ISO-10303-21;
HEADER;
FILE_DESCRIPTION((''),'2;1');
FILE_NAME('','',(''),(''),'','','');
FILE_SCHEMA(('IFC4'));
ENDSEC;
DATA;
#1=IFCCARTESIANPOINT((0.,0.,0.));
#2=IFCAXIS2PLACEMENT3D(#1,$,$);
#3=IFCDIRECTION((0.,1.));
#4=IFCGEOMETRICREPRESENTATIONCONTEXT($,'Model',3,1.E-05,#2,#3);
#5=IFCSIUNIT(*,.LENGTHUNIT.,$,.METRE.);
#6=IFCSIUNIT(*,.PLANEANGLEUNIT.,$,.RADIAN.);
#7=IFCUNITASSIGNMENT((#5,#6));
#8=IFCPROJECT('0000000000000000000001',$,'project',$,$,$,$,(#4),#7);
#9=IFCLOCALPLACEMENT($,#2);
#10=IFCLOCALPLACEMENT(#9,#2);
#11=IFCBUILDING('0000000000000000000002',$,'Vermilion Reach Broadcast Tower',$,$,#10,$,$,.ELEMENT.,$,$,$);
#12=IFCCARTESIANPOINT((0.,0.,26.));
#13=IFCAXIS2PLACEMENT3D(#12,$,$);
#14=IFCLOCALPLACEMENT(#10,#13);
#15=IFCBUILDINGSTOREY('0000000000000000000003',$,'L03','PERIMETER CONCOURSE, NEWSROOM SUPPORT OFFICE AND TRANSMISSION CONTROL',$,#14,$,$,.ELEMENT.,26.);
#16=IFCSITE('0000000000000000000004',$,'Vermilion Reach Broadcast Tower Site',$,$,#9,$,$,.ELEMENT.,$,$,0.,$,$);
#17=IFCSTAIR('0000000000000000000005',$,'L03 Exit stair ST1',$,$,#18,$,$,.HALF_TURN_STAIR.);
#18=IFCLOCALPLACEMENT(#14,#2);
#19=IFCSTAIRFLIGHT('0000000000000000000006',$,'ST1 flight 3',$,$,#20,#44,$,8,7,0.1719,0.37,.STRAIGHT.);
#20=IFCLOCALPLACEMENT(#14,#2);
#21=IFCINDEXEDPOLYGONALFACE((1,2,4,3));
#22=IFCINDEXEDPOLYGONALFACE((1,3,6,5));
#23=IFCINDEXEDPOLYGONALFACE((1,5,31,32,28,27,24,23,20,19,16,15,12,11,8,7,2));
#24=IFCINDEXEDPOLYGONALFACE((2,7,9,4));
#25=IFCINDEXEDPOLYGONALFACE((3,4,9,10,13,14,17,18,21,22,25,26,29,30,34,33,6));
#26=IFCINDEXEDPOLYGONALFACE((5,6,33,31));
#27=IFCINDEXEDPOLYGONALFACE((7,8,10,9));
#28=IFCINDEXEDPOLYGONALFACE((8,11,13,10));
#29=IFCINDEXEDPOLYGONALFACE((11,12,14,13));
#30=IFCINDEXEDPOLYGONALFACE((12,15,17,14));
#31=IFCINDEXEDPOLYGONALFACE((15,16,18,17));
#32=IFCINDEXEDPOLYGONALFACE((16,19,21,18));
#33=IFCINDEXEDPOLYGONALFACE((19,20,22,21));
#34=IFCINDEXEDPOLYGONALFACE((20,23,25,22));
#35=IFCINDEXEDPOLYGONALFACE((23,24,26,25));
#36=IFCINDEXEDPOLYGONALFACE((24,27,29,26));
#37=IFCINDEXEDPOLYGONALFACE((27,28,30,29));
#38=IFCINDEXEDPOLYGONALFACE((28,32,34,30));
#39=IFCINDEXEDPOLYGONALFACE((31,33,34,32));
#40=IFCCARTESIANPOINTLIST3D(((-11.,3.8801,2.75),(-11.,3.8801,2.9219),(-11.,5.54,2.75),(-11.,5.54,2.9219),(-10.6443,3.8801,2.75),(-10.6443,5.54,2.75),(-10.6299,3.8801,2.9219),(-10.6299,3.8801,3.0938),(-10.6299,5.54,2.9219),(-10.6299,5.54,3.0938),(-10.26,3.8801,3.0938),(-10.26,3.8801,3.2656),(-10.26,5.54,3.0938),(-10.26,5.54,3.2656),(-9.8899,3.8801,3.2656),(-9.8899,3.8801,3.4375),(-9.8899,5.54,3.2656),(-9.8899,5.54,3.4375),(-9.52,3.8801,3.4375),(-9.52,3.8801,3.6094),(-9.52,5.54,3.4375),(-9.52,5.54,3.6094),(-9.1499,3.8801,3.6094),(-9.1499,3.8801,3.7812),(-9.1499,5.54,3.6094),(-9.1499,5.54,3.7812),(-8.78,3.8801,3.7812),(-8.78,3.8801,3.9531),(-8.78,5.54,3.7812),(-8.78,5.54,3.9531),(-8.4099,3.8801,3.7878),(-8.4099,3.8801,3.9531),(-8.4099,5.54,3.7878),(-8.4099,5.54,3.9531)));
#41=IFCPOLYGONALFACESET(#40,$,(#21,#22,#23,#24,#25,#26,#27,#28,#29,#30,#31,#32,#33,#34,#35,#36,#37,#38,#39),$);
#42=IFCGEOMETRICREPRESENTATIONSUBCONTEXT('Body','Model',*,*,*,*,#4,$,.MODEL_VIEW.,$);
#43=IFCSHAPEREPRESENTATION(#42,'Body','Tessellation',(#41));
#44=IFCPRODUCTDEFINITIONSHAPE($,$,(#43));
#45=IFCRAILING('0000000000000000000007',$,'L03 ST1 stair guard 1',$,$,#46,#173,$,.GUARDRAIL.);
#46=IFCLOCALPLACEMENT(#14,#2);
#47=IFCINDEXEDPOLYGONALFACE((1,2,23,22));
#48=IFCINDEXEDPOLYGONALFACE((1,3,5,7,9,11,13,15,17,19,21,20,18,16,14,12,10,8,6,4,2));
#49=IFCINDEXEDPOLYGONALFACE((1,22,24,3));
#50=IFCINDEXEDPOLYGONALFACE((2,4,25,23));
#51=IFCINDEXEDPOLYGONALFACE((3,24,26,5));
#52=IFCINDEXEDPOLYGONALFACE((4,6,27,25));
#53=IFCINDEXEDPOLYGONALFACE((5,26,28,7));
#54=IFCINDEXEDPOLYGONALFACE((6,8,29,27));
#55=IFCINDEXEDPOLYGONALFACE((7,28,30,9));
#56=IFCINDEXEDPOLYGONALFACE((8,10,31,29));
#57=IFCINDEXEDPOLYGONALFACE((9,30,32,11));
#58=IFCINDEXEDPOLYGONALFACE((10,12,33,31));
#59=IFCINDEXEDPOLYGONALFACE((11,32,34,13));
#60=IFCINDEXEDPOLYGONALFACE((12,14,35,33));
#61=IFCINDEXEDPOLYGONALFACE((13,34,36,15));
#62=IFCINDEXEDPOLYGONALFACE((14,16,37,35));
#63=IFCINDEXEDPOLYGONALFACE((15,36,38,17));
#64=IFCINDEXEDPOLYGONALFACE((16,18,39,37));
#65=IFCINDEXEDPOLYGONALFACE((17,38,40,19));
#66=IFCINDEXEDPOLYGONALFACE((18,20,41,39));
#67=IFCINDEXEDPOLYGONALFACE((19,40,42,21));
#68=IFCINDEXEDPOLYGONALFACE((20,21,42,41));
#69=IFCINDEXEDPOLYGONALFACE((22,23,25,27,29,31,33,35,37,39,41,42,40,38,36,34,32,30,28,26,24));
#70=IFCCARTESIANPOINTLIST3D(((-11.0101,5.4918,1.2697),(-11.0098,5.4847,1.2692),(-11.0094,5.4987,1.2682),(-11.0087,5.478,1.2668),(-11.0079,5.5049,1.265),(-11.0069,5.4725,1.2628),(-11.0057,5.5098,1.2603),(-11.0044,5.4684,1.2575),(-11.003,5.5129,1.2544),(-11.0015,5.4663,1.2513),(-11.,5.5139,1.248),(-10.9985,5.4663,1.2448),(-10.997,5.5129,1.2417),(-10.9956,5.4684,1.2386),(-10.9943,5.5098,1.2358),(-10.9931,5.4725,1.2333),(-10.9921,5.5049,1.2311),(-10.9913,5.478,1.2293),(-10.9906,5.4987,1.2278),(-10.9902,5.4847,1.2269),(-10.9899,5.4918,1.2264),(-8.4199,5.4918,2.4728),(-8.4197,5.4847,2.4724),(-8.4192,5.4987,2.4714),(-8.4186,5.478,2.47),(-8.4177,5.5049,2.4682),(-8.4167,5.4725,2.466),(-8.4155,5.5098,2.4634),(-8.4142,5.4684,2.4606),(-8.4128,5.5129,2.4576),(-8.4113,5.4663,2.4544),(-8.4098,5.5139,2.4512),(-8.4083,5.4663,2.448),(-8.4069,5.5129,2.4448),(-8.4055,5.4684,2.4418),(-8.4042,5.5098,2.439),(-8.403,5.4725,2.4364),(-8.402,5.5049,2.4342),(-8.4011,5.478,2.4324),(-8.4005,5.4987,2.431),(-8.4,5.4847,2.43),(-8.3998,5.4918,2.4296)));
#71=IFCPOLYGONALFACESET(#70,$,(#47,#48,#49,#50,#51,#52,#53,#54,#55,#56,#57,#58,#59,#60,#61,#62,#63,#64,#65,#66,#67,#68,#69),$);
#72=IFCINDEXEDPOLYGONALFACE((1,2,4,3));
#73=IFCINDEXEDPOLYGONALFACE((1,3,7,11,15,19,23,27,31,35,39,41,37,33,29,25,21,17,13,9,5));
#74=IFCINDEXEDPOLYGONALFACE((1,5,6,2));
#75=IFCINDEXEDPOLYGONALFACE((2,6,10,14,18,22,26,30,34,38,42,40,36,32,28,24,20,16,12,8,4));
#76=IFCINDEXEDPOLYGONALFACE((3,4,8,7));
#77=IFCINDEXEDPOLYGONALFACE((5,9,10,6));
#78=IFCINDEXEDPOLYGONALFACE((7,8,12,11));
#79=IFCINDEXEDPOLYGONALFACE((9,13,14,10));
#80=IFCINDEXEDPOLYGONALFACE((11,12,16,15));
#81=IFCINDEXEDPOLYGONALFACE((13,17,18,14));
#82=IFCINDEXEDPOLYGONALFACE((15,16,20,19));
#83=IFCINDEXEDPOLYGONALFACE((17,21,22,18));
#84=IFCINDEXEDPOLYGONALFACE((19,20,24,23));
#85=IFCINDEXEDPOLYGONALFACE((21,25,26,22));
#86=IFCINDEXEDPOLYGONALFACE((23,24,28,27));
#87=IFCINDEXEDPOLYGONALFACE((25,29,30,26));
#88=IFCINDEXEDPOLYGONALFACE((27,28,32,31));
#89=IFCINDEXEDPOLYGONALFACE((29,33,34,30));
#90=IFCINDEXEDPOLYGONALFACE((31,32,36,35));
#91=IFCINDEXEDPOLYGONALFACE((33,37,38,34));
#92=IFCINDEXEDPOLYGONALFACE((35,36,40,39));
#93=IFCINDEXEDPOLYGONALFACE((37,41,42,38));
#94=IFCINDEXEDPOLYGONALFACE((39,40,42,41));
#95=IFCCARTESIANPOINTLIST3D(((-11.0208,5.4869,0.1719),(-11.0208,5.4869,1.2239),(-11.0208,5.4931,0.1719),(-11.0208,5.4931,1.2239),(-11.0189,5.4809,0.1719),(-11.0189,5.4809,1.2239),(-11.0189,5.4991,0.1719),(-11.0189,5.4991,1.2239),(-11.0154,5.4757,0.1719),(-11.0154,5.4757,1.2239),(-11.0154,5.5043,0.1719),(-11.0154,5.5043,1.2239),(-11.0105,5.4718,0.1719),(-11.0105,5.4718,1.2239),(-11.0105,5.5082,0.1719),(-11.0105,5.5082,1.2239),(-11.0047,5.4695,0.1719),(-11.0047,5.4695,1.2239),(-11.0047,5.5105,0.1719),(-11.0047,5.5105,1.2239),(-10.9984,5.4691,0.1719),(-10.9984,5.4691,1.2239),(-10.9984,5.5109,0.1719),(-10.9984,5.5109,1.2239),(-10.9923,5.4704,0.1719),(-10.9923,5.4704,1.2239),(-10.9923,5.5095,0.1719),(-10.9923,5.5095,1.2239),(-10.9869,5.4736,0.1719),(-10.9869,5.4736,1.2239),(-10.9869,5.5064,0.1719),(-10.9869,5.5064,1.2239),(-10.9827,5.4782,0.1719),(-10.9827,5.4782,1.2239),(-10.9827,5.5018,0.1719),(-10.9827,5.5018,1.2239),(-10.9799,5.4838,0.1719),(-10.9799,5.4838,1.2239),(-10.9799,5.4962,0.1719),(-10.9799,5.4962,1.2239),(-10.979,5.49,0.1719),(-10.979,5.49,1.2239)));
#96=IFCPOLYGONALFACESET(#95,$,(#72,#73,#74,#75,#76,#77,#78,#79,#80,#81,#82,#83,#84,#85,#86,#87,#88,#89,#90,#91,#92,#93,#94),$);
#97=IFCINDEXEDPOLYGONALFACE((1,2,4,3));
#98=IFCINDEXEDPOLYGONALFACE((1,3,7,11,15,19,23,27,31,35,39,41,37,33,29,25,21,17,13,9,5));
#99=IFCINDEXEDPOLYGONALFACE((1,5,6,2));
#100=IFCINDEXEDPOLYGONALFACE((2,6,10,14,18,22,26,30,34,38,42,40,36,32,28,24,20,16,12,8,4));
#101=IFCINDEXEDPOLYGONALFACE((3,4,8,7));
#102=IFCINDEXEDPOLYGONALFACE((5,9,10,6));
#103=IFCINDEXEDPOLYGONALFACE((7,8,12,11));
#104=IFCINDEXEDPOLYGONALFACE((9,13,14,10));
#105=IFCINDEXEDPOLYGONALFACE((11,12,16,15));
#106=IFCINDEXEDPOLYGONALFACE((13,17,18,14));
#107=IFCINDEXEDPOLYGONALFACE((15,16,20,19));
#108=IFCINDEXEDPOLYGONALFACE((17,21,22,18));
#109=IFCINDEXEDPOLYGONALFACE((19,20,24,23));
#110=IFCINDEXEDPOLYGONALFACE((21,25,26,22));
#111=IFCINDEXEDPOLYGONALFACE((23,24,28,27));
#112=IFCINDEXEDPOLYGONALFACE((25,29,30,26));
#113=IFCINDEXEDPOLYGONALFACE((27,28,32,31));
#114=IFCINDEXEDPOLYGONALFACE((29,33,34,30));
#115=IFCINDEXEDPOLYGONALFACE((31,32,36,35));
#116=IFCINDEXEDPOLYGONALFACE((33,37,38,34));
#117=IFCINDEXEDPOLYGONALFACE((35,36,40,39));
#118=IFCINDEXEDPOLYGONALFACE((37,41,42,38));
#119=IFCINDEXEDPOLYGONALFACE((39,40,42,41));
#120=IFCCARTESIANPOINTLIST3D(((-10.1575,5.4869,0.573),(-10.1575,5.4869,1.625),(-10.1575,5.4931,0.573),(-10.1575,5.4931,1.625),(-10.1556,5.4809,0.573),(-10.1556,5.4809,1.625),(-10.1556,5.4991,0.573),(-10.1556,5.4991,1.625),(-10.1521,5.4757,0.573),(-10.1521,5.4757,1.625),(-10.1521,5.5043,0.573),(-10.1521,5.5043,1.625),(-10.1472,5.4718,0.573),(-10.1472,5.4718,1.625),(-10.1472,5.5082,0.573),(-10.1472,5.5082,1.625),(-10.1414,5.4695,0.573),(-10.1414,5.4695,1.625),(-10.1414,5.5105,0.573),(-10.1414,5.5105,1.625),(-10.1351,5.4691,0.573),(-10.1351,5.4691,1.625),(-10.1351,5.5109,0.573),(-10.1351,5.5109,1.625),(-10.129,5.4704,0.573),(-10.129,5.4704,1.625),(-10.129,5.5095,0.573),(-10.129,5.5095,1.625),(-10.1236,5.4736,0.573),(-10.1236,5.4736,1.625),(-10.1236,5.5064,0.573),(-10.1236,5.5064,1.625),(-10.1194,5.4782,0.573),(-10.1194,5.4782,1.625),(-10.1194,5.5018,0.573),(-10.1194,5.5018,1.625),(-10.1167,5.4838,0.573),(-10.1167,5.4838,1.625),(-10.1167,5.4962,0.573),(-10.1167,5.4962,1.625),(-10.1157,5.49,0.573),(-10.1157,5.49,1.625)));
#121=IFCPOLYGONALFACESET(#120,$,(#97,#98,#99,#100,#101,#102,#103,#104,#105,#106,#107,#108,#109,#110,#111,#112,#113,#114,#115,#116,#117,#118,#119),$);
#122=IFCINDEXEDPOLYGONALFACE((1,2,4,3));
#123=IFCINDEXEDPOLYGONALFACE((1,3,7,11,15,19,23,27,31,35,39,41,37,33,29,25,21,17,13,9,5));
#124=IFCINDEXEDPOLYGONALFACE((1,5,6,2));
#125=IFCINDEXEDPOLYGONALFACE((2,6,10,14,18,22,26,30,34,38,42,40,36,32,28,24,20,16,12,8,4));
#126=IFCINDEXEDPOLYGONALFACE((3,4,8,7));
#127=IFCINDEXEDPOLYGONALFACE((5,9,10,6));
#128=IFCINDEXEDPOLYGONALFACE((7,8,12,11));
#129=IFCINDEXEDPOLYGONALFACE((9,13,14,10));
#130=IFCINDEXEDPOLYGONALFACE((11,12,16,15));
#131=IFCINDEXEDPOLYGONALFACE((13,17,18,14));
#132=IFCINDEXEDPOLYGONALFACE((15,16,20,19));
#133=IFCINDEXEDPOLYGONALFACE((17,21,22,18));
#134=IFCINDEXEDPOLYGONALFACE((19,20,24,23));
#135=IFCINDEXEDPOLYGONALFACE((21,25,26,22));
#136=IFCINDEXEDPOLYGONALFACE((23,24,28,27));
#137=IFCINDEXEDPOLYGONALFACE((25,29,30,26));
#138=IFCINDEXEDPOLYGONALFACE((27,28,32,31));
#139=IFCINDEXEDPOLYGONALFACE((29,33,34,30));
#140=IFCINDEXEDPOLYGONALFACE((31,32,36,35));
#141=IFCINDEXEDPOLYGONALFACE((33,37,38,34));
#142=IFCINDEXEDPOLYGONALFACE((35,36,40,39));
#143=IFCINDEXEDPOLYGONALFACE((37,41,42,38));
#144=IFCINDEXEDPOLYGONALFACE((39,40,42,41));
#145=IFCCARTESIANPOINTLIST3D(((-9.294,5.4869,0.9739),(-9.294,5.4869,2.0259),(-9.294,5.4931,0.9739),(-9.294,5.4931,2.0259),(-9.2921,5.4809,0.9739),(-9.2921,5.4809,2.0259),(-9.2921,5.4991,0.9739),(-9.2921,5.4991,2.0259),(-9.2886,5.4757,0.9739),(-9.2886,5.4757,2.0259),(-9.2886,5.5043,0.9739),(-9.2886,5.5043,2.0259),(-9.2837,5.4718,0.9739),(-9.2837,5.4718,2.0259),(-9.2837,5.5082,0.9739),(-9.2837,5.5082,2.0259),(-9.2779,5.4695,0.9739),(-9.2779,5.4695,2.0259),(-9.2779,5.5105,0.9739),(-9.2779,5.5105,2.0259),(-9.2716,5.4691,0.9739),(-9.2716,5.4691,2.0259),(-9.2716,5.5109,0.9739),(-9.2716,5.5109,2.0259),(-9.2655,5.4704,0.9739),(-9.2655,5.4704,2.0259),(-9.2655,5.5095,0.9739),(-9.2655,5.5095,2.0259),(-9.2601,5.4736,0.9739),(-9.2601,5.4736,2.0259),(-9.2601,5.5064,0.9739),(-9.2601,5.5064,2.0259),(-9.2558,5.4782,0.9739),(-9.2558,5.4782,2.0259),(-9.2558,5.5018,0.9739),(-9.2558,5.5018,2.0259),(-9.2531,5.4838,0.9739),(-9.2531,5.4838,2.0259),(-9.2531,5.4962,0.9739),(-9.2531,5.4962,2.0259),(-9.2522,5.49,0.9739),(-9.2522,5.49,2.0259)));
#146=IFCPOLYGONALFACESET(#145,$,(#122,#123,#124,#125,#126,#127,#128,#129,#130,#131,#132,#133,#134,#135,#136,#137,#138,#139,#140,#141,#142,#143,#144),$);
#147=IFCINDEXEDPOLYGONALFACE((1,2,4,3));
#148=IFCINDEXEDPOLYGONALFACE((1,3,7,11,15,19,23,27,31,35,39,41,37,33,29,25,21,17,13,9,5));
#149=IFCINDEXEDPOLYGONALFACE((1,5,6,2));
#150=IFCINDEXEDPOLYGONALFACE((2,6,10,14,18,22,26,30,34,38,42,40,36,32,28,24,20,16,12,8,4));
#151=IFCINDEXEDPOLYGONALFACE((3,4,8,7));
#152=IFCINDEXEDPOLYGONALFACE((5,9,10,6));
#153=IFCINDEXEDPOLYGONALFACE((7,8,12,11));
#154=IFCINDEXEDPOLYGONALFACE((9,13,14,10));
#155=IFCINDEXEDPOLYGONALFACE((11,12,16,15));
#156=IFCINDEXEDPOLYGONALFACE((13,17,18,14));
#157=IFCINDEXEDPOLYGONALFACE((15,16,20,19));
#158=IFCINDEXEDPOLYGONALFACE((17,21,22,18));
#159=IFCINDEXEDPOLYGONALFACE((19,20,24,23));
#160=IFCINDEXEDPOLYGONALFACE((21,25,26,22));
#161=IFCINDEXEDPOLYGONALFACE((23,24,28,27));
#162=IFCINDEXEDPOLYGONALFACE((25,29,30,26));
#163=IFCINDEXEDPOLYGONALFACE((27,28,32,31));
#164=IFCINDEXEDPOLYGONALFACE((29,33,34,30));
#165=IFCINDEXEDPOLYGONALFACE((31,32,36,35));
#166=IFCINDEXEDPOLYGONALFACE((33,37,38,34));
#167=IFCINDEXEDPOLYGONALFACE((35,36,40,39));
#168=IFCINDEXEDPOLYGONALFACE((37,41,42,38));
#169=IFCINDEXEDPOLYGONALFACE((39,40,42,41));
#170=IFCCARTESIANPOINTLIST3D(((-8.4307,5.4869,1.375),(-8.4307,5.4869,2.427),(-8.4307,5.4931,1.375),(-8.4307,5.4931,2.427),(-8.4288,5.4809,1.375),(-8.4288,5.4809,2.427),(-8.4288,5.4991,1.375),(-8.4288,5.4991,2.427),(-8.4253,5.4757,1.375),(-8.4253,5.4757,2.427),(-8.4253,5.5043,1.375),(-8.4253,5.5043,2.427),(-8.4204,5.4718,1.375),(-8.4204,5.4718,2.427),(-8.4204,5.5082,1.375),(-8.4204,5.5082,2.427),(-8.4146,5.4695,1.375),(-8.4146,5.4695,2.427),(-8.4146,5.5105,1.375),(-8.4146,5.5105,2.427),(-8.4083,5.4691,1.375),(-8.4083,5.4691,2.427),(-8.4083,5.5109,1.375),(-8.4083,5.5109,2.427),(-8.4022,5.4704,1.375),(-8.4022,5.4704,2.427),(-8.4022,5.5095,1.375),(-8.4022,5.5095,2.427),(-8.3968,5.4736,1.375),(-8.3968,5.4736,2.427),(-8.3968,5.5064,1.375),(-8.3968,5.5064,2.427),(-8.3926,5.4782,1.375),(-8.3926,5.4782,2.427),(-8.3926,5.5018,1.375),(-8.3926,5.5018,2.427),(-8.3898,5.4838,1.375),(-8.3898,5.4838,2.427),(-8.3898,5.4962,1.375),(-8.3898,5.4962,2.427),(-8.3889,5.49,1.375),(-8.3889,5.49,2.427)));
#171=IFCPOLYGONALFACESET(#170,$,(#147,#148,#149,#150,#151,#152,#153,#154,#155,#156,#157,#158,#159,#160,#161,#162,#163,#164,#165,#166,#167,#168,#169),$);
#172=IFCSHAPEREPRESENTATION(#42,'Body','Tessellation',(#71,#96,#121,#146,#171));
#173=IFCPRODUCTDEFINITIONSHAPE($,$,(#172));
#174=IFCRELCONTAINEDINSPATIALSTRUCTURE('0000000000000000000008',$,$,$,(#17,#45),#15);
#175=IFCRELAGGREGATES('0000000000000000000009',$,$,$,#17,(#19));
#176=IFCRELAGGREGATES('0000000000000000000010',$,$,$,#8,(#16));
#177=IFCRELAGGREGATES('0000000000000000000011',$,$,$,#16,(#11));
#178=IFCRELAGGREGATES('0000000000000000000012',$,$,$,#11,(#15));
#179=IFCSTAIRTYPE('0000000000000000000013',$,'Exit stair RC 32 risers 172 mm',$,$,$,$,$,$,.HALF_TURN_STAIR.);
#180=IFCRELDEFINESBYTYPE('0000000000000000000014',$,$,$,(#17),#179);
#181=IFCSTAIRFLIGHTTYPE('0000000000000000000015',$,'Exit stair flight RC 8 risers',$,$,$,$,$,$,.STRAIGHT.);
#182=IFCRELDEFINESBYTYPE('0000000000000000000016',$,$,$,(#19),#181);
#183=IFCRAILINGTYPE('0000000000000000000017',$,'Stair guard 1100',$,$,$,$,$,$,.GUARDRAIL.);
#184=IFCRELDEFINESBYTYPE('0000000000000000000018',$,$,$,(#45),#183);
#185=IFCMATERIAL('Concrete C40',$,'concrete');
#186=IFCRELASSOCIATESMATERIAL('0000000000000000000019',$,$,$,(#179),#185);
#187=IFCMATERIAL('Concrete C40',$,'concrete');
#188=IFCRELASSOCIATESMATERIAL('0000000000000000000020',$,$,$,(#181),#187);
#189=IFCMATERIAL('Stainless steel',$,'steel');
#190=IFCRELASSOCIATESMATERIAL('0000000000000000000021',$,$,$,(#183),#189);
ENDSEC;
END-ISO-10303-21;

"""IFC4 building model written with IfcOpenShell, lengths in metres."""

from ifc_helpers import new_model, si_unit, direction, frame, origin, origin_2d, place, context, subcontext, project, spatial, polyline, circle, outline, extrude, material, type_object, element, aggregate, save


model = new_model("IFC4")

# Units and contexts
model_context = context("Model", 3, precision=1e-05, world=origin(), true_north=direction((0.0, 1.0)))
body_context = subcontext(model_context, "Body", "Model", "MODEL_VIEW")
ifc_project = project(units=[si_unit("LENGTHUNIT", "METRE"), si_unit("PLANEANGLEUNIT", "RADIAN")], contexts=[model_context])

# Site, building, storey
site_placement = place(None, origin())
site = spatial("IfcSite", under=ifc_project, at=site_placement, Name="Vermilion Reach Broadcast Tower Site", CompositionType="ELEMENT", RefElevation=0.0)
building_placement = place(site_placement, origin())
building = spatial("IfcBuilding", under=site, at=building_placement, Name="Vermilion Reach Broadcast Tower", CompositionType="ELEMENT")
storey_placement = place(building_placement, frame((0.0, 0.0, 26.0)))
storey = spatial("IfcBuildingStorey", under=building, at=storey_placement, Name="L03", Description="PERIMETER CONCOURSE, NEWSROOM SUPPORT OFFICE AND TRANSMISSION CONTROL", CompositionType="ELEMENT", Elevation=26.0)

# Stair, stair flight
ifc_material_1 = material(Name="Concrete C40", Category="concrete")
stair_type = type_object("IfcStairType", Name="Exit stair RC 32 risers 172 mm", PredefinedType="HALF_TURN_STAIR", material=ifc_material_1)
stair_placement = place(storey_placement, origin())
stair = element("IfcStair", 1, at=stair_placement, inside=storey, type_object=stair_type, Name="L03 Exit stair ST1", PredefinedType="HALF_TURN_STAIR")
ifc_material_2 = material(Name="Concrete C40", Category="concrete")
stair_flight_type = type_object("IfcStairFlightType", Name="Exit stair flight RC 8 risers", PredefinedType="STRAIGHT", material=ifc_material_2)
stair_flight_1_placement = place(storey_placement, frame((-11.0, 4.71, 2.75), z_axis=(0.0, 0.0, 1.0), x_axis=(1.0, 0.0, 0.0)))
stair_flight_1 = element("IfcStairFlight", 2, at=stair_flight_1_placement, type_object=stair_flight_type, Name="ST1 flight 3", NumberOfRisers=8, NumberOfTreads=7, PredefinedType="STRAIGHT", RiserHeight=0.1719, TreadLength=0.37, context=body_context, shape_type="SweptSolid", body=[
    extrude(outline(polyline([(0.0, 0.0), (0.0, 0.1719), (0.3701, 0.1719), (0.3701, 0.3438), (0.74, 0.3438), (0.74, 0.5156), (1.1101, 0.5156), (1.1101, 0.6875), (1.48, 0.6875), (1.48, 0.8594), (1.8501, 0.8594), (1.8501, 1.0312), (2.22, 1.0312), (2.22, 1.2031), (2.5901, 1.2031), (2.5901, 1.375), (2.5901, 1.0378), (0.3557, 0.0), (0.0, 0.0)])), frame((0.0, 0.8301, 0.0), z_axis=(0.0, -1.0, 0.0), x_axis=(1.0, 0.0, 0.0)), (0.0, 0.0, 1.0), 1.6599),
])
aggregate(stair, [stair_flight_1])

# Railing
ifc_material_3 = material(Name="Stainless steel", Category="steel")
railing_type_1 = type_object("IfcRailingType", Name="Stair guard 1100", PredefinedType="GUARDRAIL", material=ifc_material_3)
railing_1_placement = place(storey_placement, frame((-11.0, 5.49, 0.1719)))
element("IfcRailing", 3, at=railing_1_placement, inside=storey, type_object=railing_type_1, Name="L03 ST1 stair guard 1", PredefinedType="GUARDRAIL", context=body_context, shape_type="SweptSolid", body=[
    extrude(circle(Radius=0.0239, at=origin_2d()), frame((0.0, 0.0, 1.0762), z_axis=(0.906931, 0.0, 0.42128), x_axis=(0.0, 1.0, 0.0)), (0.0, 0.0, 1.0), 2.856),
    extrude(circle(Radius=0.021, at=origin_2d()), origin(), (0.0, 0.0, 1.0), 1.052),
    extrude(circle(Radius=0.021, at=origin_2d()), frame((0.8633, 0.0, 0.4011)), (0.0, 0.0, 1.0), 1.052),
    extrude(circle(Radius=0.021, at=origin_2d()), frame((1.7268, 0.0, 0.802)), (0.0, 0.0, 1.0), 1.052),
    extrude(circle(Radius=0.021, at=origin_2d()), frame((2.5901, 0.0, 1.2031)), (0.0, 0.0, 1.0), 1.052),
])

save(model, "model.ifc")
